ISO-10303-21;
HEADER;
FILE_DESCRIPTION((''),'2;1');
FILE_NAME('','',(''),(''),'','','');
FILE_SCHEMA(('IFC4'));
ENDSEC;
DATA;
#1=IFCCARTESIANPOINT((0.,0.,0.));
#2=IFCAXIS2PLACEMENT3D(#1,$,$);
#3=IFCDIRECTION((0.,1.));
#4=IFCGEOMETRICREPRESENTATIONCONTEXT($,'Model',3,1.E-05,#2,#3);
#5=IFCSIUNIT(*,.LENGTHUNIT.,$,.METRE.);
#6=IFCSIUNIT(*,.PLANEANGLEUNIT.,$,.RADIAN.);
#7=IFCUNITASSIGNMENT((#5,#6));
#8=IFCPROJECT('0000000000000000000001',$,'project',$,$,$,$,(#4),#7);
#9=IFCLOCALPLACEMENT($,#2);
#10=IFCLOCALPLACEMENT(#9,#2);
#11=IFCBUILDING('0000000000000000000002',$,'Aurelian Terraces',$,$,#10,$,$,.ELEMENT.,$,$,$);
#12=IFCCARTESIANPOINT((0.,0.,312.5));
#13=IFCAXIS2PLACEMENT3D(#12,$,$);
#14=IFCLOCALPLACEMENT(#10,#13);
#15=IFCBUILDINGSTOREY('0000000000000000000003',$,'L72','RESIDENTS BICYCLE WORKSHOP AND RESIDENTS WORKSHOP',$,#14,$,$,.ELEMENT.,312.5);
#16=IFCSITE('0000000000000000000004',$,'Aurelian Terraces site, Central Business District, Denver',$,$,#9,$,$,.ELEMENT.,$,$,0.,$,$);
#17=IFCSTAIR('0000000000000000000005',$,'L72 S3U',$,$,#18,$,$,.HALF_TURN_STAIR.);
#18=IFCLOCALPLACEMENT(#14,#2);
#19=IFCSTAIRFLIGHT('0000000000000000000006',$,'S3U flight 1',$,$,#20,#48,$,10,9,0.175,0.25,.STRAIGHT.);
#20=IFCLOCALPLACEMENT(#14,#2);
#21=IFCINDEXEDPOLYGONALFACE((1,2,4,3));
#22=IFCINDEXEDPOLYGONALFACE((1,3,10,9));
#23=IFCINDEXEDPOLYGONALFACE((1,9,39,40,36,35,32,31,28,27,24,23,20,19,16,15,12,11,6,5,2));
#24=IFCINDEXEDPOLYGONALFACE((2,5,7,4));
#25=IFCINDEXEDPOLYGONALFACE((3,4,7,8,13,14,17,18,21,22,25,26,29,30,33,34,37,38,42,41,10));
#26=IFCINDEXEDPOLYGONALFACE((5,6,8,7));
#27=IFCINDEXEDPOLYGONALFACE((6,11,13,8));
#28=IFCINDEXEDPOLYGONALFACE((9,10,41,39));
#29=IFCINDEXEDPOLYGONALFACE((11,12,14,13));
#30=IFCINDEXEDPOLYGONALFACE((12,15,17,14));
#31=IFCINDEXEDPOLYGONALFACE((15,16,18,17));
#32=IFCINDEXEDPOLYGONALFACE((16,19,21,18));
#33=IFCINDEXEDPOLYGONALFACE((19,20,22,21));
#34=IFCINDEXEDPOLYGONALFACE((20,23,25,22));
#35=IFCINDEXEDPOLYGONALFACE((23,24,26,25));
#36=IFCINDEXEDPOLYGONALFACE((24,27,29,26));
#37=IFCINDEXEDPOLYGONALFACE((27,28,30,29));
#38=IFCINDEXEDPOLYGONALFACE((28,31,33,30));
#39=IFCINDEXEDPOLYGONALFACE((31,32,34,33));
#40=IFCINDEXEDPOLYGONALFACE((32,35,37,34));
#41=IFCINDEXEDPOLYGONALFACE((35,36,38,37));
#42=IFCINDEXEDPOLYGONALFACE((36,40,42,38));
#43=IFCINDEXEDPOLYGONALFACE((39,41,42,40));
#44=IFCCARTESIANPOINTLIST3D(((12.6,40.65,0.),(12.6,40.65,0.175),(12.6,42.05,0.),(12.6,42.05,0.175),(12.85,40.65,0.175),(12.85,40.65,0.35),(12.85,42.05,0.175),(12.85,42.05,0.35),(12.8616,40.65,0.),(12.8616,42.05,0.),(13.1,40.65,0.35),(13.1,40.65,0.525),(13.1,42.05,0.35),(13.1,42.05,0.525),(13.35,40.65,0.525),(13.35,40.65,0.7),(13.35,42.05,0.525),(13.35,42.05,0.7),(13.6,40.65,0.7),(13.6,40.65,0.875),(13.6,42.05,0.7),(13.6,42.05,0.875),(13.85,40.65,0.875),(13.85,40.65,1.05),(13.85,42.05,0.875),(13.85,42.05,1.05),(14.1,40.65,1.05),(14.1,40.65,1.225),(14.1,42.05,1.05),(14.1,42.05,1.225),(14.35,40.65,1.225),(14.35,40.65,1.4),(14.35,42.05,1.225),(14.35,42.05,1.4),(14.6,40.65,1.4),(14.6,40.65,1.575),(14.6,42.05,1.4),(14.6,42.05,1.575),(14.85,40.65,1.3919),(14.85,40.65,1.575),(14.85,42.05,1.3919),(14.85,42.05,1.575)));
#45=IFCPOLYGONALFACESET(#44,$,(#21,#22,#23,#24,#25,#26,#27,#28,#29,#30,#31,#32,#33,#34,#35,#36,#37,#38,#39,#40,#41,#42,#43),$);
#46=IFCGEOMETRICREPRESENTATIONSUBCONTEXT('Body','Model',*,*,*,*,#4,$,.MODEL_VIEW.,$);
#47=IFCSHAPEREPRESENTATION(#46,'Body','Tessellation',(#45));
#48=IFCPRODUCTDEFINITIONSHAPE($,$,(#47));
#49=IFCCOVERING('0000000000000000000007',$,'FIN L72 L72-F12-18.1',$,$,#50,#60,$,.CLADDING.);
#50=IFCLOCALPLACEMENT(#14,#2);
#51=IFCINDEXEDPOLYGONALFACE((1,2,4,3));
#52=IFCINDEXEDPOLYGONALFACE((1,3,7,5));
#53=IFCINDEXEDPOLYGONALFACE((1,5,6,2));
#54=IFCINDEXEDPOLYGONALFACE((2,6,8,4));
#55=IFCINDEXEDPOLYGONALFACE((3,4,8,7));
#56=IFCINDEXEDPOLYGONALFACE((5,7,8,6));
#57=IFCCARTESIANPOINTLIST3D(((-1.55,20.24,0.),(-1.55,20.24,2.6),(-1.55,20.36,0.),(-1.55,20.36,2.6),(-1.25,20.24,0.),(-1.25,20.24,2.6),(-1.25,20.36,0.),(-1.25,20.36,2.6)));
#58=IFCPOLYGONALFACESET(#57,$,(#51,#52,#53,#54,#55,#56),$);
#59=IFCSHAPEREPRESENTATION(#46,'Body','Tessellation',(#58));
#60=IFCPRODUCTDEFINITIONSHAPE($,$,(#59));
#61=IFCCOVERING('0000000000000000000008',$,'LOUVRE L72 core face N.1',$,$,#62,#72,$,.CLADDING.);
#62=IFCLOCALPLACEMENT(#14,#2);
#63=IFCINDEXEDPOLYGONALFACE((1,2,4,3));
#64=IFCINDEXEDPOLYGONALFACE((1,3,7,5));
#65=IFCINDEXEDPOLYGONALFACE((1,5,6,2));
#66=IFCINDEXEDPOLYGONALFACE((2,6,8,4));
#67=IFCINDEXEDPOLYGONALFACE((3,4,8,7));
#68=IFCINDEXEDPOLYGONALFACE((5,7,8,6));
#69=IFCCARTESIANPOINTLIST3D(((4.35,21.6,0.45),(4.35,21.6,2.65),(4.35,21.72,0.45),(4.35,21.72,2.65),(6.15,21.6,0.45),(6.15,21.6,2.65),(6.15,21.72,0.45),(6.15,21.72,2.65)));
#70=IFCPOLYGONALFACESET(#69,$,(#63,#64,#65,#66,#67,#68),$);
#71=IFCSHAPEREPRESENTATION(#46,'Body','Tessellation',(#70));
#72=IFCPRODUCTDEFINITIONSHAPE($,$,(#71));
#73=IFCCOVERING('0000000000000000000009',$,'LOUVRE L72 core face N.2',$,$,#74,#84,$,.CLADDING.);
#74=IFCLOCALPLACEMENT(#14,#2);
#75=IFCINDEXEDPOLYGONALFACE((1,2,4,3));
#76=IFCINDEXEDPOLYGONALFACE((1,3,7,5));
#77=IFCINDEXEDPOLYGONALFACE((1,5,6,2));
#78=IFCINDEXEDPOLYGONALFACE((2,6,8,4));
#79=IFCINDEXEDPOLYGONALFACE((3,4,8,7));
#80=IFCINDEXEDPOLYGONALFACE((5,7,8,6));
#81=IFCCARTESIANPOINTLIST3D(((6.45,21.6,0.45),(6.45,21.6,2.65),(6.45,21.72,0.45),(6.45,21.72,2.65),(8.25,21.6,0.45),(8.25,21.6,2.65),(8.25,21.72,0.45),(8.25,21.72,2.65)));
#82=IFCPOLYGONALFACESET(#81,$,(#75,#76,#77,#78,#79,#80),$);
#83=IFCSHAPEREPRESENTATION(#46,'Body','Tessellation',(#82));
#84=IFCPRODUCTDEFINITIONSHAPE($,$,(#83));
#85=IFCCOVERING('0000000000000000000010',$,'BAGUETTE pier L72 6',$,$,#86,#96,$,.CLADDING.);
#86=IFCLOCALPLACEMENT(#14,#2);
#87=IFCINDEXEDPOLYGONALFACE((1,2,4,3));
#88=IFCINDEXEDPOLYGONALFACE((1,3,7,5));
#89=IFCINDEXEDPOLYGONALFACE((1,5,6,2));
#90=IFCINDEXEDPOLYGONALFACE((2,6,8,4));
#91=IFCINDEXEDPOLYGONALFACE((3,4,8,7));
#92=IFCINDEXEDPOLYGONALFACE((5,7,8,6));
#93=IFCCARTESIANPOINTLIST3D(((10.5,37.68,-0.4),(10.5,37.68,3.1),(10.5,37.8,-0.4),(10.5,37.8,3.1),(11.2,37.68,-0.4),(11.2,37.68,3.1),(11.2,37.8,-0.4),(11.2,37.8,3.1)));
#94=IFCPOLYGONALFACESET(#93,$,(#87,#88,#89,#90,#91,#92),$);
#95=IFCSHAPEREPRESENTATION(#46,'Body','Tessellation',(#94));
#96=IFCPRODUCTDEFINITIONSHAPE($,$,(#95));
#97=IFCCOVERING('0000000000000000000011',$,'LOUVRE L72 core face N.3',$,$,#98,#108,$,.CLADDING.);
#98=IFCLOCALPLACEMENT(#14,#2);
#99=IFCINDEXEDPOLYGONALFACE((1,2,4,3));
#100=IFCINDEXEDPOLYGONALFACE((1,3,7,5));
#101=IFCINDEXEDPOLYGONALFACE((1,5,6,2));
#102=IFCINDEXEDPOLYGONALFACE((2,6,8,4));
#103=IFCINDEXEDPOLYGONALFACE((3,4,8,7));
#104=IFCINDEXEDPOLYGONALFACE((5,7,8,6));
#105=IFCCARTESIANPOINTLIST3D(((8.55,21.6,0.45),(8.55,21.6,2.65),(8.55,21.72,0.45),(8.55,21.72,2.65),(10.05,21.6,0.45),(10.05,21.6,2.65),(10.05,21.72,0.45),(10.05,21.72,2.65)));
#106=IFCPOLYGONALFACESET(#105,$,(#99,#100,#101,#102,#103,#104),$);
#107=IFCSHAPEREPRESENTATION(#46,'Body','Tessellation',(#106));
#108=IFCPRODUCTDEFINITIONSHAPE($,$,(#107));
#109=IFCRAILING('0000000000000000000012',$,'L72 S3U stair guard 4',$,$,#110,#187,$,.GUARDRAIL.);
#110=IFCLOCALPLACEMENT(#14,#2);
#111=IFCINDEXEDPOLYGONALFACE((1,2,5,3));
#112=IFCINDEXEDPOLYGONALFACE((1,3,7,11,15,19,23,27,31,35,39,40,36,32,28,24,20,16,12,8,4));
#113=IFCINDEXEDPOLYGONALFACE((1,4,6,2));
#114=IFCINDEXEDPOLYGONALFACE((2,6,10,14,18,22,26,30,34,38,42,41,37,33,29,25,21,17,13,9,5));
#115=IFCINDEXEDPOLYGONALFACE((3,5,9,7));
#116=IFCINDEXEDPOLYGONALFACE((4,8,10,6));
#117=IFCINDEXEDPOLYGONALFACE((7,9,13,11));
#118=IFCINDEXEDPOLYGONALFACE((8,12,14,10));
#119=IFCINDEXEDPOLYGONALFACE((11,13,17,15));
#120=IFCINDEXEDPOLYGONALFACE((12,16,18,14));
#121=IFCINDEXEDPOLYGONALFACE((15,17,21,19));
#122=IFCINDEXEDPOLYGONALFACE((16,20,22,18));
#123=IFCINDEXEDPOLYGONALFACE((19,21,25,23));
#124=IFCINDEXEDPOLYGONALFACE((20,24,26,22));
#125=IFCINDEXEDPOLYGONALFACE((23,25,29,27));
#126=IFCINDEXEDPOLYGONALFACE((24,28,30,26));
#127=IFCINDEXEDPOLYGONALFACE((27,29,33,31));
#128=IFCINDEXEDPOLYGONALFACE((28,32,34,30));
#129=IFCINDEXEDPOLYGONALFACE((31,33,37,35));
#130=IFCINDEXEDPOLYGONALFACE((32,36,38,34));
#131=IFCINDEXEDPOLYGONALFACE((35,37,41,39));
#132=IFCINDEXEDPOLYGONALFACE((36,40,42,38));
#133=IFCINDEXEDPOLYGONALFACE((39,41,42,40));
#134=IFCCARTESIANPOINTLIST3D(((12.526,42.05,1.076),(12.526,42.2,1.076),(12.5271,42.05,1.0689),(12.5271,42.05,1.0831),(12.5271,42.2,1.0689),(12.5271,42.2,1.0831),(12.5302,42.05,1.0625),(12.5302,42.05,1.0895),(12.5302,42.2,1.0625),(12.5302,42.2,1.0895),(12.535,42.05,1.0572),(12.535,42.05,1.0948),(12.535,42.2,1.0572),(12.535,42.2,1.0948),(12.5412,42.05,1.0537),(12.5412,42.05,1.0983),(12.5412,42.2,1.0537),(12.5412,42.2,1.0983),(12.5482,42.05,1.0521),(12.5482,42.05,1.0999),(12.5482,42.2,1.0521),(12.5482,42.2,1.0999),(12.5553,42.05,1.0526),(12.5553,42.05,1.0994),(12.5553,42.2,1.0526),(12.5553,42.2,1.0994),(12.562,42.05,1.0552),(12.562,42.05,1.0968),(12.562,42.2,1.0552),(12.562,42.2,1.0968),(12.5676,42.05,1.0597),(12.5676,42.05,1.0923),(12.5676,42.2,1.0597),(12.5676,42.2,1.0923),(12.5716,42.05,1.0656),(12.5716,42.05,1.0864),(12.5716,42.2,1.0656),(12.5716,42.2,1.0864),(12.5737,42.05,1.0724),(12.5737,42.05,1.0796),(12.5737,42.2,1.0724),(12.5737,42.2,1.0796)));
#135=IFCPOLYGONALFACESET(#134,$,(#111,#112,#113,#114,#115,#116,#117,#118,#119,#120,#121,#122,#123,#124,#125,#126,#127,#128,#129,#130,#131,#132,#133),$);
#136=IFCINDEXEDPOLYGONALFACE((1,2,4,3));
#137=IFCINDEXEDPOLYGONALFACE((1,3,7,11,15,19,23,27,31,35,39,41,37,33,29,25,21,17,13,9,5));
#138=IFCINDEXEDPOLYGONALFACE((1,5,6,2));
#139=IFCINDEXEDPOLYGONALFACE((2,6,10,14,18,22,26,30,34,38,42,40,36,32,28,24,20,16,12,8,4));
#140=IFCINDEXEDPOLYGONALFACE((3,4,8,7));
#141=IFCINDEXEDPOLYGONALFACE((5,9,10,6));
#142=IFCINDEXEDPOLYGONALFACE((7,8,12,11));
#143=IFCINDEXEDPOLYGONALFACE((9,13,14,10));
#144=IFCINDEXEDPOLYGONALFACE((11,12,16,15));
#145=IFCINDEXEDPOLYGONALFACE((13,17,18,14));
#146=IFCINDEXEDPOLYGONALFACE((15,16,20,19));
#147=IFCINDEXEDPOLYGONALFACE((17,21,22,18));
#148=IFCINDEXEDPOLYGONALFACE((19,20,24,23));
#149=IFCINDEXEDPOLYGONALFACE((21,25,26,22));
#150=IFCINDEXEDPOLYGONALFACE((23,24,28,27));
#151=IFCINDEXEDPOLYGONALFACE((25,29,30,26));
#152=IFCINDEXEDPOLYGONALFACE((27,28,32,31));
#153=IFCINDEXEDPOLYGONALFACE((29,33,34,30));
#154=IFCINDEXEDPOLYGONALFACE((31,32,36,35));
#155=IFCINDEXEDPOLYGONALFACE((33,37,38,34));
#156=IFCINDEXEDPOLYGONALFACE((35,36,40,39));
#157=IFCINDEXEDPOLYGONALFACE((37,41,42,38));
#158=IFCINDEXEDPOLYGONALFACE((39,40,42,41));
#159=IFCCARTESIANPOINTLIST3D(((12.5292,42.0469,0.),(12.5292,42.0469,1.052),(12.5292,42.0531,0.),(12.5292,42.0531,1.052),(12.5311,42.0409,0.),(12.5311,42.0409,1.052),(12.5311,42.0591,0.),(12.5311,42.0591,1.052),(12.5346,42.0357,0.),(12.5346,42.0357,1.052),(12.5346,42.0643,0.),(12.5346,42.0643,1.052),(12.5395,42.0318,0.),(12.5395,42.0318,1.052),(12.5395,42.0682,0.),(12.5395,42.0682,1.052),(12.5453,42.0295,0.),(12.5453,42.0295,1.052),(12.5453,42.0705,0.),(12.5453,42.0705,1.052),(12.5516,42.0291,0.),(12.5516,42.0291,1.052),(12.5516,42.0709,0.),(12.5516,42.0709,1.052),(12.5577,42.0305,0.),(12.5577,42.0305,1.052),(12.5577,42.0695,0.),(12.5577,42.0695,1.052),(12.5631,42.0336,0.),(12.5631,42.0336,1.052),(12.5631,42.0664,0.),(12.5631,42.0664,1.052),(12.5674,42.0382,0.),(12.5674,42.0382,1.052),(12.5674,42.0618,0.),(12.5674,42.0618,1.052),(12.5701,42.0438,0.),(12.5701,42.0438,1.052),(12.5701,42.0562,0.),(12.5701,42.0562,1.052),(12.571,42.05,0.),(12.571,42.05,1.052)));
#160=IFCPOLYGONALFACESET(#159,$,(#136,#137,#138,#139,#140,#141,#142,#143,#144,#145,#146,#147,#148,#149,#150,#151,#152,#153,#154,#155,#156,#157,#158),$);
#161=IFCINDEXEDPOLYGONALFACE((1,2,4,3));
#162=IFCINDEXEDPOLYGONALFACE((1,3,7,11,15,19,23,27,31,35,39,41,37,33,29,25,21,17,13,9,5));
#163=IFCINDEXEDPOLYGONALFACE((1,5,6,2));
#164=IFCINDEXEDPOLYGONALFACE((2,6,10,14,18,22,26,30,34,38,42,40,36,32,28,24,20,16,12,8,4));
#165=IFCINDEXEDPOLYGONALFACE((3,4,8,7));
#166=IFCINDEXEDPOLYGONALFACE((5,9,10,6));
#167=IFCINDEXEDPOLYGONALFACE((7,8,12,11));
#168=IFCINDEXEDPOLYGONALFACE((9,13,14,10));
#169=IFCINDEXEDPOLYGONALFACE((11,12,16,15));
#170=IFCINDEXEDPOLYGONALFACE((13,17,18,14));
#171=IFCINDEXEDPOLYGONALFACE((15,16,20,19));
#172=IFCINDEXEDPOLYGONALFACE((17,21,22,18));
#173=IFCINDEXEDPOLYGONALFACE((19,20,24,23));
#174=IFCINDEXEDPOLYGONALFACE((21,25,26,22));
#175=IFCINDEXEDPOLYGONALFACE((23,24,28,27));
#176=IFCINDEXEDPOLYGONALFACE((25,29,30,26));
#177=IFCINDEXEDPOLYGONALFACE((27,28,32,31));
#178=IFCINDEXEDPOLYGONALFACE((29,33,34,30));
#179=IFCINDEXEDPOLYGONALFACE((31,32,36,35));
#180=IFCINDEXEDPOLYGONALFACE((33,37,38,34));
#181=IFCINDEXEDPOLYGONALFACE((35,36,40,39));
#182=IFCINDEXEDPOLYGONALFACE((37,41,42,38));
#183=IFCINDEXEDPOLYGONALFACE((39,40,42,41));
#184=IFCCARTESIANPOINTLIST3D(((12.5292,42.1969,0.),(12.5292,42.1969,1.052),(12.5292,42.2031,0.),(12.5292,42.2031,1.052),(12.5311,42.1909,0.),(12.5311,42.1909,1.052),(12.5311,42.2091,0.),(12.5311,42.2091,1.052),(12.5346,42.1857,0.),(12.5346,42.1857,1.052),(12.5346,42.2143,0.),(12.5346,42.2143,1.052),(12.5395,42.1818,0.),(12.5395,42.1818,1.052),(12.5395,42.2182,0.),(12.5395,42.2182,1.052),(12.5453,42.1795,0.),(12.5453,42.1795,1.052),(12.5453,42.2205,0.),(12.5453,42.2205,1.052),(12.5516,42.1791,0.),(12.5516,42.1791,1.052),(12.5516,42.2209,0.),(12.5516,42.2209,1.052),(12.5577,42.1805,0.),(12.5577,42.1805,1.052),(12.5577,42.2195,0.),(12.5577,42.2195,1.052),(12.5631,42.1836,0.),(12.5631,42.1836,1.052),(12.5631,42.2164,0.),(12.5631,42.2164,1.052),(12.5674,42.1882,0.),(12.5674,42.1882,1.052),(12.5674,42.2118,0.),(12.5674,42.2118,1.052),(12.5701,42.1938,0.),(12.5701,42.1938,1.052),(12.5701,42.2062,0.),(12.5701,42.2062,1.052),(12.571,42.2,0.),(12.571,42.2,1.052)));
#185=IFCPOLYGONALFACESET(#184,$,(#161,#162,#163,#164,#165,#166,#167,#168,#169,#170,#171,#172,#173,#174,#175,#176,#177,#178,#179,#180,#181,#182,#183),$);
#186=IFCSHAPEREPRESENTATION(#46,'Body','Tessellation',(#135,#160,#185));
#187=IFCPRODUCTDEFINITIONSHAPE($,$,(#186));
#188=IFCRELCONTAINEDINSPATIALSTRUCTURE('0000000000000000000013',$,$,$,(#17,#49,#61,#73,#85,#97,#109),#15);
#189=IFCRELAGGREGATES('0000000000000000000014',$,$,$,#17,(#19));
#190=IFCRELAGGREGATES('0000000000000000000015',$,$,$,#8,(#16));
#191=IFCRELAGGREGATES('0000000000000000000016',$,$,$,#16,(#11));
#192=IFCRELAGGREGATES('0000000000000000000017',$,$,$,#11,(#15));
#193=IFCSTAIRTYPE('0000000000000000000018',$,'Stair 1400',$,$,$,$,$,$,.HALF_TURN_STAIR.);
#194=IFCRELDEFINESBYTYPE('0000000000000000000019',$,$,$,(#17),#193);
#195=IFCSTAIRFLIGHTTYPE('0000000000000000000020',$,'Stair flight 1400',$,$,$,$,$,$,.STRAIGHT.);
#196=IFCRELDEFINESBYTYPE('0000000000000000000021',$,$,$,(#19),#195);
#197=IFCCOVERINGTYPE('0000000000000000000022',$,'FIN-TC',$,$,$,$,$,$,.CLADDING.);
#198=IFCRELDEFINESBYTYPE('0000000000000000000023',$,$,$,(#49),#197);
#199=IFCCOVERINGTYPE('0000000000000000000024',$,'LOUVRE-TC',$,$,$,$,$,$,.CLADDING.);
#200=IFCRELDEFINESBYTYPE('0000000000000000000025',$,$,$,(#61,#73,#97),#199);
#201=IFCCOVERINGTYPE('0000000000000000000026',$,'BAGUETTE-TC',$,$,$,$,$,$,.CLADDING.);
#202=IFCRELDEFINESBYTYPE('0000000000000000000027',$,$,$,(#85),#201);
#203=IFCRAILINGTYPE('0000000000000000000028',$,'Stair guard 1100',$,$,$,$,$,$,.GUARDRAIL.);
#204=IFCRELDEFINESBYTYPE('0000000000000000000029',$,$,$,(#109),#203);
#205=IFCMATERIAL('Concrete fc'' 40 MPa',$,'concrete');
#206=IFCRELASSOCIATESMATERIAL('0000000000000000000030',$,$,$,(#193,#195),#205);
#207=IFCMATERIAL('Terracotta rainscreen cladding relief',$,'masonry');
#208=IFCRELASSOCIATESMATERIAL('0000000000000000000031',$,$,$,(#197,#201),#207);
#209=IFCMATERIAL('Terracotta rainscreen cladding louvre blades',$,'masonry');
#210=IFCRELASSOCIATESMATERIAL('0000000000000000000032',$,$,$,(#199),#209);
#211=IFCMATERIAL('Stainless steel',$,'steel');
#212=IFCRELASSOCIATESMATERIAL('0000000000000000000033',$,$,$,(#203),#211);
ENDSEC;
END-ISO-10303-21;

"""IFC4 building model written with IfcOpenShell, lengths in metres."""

from ifc_helpers import new_model, si_unit, direction, frame, origin, origin_2d, place, context, subcontext, project, spatial, polyline, rectangle, circle, outline, extrude, source, transform, mapped, material, type_object, element, aggregate, save


model = new_model("IFC4")

# Units and contexts
model_context = context("Model", 3, precision=1e-05, world=origin(), true_north=direction((0.0, 1.0)))
body_context = subcontext(model_context, "Body", "Model", "MODEL_VIEW")
ifc_project = project(units=[si_unit("LENGTHUNIT", "METRE"), si_unit("PLANEANGLEUNIT", "RADIAN")], contexts=[model_context])

# Site, building, storey
site_placement = place(None, origin())
site = spatial("IfcSite", under=ifc_project, at=site_placement, Name="Aurelian Terraces site, Central Business District, Denver", CompositionType="ELEMENT", RefElevation=0.0)
building_placement = place(site_placement, origin())
building = spatial("IfcBuilding", under=site, at=building_placement, Name="Aurelian Terraces", CompositionType="ELEMENT")
storey_placement = place(building_placement, frame((0.0, 0.0, 312.5)))
storey = spatial("IfcBuildingStorey", under=building, at=storey_placement, Name="L72", Description="RESIDENTS BICYCLE WORKSHOP AND RESIDENTS WORKSHOP", CompositionType="ELEMENT", Elevation=312.5)

# Shared definitions
ifc_material_1 = material(Name="Concrete fc' 40 MPa", Category="concrete")

# Stair, stair flight
stair_type = type_object("IfcStairType", Name="Stair 1400", PredefinedType="HALF_TURN_STAIR", material=ifc_material_1)
stair_placement = place(storey_placement, origin())
stair = element("IfcStair", 1, at=stair_placement, inside=storey, type_object=stair_type, Name="L72 S3U", PredefinedType="HALF_TURN_STAIR")
stair_flight_type = type_object("IfcStairFlightType", Name="Stair flight 1400", PredefinedType="STRAIGHT", material=ifc_material_1)
shared_shape_1 = source(origin(), body_context, "Body", "SweptSolid", [
    extrude(outline(polyline([(0.0, 0.0), (0.0, 0.175), (0.25, 0.175), (0.25, 0.35), (0.5, 0.35), (0.5, 0.525), (0.75, 0.525), (0.75, 0.7), (1.0, 0.7), (1.0, 0.875), (1.25, 0.875), (1.25, 1.05), (1.5, 1.05), (1.5, 1.225), (1.75, 1.225), (1.75, 1.4), (2.0, 1.4), (2.0, 1.575), (2.25, 1.575), (2.25, 1.75), (2.25, 1.3919), (0.2616, 0.0), (0.0, 0.0)])), frame((0.0, 0.7, 0.0), z_axis=(0.0, -1.0, 0.0), x_axis=(1.0, 0.0, 0.0)), (0.0, 0.0, 1.0), 1.4),
])
stair_flight_placement = place(storey_placement, frame((12.6, 41.35, 0.0), z_axis=(0.0, 0.0, 1.0), x_axis=(1.0, 0.0, 0.0)))
stair_flight = element("IfcStairFlight", 2, at=stair_flight_placement, type_object=stair_flight_type, Name="S3U flight 1", NumberOfRisers=10, NumberOfTreads=9, PredefinedType="STRAIGHT", RiserHeight=0.175, TreadLength=0.25, context=body_context, shape_type="MappedRepresentation", body=[
    mapped(shared_shape_1, transform((0.0, 0.0, 0.0), scale=1.0)),
])
aggregate(stair, [stair_flight])

# Coverings
ifc_material_2 = material(Name="Terracotta rainscreen cladding relief", Category="masonry")
covering_type_1 = type_object("IfcCoveringType", Name="FIN-TC", PredefinedType="CLADDING", material=ifc_material_2)
shared_shape_2 = source(origin(), body_context, "Body", "SweptSolid", [
    extrude(rectangle(XDim=0.3, YDim=0.12, at=origin_2d()), origin(), (0.0, 0.0, 1.0), 2.6),
])
covering_1_placement = place(storey_placement, frame((-1.4, 20.3, 0.0), z_axis=(0.0, 0.0, 1.0), x_axis=(1.0, 0.0, 0.0)))
element("IfcCovering", 3, at=covering_1_placement, inside=storey, type_object=covering_type_1, Name="FIN L72 L72-F12-18.1", PredefinedType="CLADDING", context=body_context, shape_type="MappedRepresentation", body=[
    mapped(shared_shape_2, transform((0.0, 0.0, 0.0), scale=1.0)),
])
ifc_material_3 = material(Name="Terracotta rainscreen cladding louvre blades", Category="masonry")
covering_type_2 = type_object("IfcCoveringType", Name="LOUVRE-TC", PredefinedType="CLADDING", material=ifc_material_3)
shared_shape_3 = source(origin(), body_context, "Body", "SweptSolid", [
    extrude(rectangle(XDim=1.8, YDim=0.12, at=origin_2d()), origin(), (0.0, 0.0, 1.0), 2.2),
])
for number, where, z_axis, x_axis, name in (
    (4, (5.25, 21.66, 0.45), (0.0, 0.0, 1.0), (1.0, 0.0, 0.0), "LOUVRE L72 core face N.1"),
    (5, (7.35, 21.66, 0.45), (0.0, 0.0, 1.0), (1.0, 0.0, 0.0), "LOUVRE L72 core face N.2"),
):
    element("IfcCovering", number, at=place(storey_placement, frame(where, z_axis=z_axis, x_axis=x_axis)), inside=storey, type_object=covering_type_2, Name=name, PredefinedType="CLADDING", context=body_context, shape_type="MappedRepresentation", body=[
        mapped(shared_shape_3, transform((0.0, 0.0, 0.0), scale=1.0)),
    ])
covering_type_3 = type_object("IfcCoveringType", Name="BAGUETTE-TC", PredefinedType="CLADDING", material=ifc_material_2)
shared_shape_4 = source(origin(), body_context, "Body", "SweptSolid", [
    extrude(rectangle(XDim=0.7, YDim=0.12, at=origin_2d()), origin(), (0.0, 0.0, 1.0), 3.5),
])
covering_2_placement = place(storey_placement, frame((10.85, 37.74, -0.4), z_axis=(0.0, 0.0, 1.0), x_axis=(1.0, 0.0, 0.0)))
element("IfcCovering", 6, at=covering_2_placement, inside=storey, type_object=covering_type_3, Name="BAGUETTE pier L72 6", PredefinedType="CLADDING", context=body_context, shape_type="MappedRepresentation", body=[
    mapped(shared_shape_4, transform((0.0, 0.0, 0.0), scale=1.0)),
])
shared_shape_5 = source(origin(), body_context, "Body", "SweptSolid", [
    extrude(rectangle(XDim=1.5, YDim=0.12, at=origin_2d()), origin(), (0.0, 0.0, 1.0), 2.2),
])
covering_3_placement = place(storey_placement, frame((9.3, 21.66, 0.45), z_axis=(0.0, 0.0, 1.0), x_axis=(1.0, 0.0, 0.0)))
element("IfcCovering", 7, at=covering_3_placement, inside=storey, type_object=covering_type_2, Name="LOUVRE L72 core face N.3", PredefinedType="CLADDING", context=body_context, shape_type="MappedRepresentation", body=[
    mapped(shared_shape_5, transform((0.0, 0.0, 0.0), scale=1.0)),
])

# Railing
ifc_material_4 = material(Name="Stainless steel", Category="steel")
railing_type_1 = type_object("IfcRailingType", Name="Stair guard 1100", PredefinedType="GUARDRAIL", material=ifc_material_4)
shared_shape_6 = source(origin(), body_context, "Body", "SweptSolid", [
    extrude(circle(Radius=0.024, at=origin_2d()), frame((0.0, 0.0, 1.076), z_axis=(0.0, 1.0, 0.0), x_axis=(-1.0, 0.0, 0.0)), (0.0, 0.0, 1.0), 0.15),
    extrude(circle(Radius=0.021, at=origin_2d()), origin(), (0.0, 0.0, 1.0), 1.052),
    extrude(circle(Radius=0.021, at=origin_2d()), frame((0.0, 0.15, 0.0)), (0.0, 0.0, 1.0), 1.052),
])
railing_1_placement = place(storey_placement, frame((12.55, 42.05, 0.0)))
element("IfcRailing", 8, at=railing_1_placement, inside=storey, type_object=railing_type_1, Name="L72 S3U stair guard 4", PredefinedType="GUARDRAIL", context=body_context, shape_type="MappedRepresentation", body=[
    mapped(shared_shape_6, transform((0.0, 0.0, 0.0), scale=1.0)),
])

save(model, "model.ifc")
